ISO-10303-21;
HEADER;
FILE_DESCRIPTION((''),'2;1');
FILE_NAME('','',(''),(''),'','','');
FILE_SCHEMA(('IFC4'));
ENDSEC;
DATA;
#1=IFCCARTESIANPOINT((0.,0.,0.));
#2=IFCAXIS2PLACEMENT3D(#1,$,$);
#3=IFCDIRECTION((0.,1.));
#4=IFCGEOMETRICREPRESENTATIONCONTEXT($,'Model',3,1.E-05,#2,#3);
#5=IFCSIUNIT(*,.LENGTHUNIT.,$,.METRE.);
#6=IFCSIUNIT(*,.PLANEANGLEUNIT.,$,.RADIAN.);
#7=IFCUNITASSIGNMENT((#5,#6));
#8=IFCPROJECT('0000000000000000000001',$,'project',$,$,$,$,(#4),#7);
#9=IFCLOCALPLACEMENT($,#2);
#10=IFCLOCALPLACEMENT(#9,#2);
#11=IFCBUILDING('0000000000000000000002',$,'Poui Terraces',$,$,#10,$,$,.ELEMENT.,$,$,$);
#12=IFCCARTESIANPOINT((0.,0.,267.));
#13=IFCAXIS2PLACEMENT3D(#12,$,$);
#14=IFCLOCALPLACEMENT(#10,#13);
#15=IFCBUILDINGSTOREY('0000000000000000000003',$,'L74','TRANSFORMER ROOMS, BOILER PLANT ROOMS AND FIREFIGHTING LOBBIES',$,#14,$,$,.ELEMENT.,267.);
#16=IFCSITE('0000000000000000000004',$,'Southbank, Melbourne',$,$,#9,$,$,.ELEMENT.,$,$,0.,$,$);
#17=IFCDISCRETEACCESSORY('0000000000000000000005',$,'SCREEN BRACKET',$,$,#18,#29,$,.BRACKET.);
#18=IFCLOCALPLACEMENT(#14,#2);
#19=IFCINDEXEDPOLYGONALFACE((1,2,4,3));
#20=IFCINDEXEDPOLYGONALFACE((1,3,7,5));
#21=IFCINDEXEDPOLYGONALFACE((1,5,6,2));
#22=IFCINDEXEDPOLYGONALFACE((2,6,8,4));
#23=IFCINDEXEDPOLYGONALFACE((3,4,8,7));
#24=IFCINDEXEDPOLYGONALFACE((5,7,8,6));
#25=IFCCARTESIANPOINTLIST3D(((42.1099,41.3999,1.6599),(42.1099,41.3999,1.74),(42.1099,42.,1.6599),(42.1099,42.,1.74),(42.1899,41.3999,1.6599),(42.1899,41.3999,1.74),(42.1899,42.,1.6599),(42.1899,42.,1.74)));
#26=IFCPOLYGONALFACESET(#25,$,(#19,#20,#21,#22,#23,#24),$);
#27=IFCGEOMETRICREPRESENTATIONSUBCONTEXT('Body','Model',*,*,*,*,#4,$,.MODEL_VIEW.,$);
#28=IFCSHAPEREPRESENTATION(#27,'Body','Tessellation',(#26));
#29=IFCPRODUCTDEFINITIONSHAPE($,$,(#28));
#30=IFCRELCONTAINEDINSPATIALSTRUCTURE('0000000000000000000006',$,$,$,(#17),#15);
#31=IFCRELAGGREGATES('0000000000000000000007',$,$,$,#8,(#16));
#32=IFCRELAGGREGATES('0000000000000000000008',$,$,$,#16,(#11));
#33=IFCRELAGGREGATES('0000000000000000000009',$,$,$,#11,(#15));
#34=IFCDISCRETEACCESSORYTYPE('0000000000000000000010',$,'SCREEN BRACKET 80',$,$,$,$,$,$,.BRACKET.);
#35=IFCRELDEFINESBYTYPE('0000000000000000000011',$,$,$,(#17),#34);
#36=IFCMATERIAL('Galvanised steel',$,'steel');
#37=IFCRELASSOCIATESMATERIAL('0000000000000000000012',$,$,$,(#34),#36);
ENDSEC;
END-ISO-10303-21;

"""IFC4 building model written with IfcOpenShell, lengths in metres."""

from ifc_helpers import new_model, si_unit, direction, frame, origin, origin_2d, place, context, subcontext, project, spatial, rectangle, extrude, source, transform, mapped, material, material_profile, profile_set, type_object, element, save


model = new_model("IFC4")

# Units and contexts
model_context = context("Model", 3, precision=1e-05, world=origin(), true_north=direction((0.0, 1.0)))
body_context = subcontext(model_context, "Body", "Model", "MODEL_VIEW")
ifc_project = project(units=[si_unit("LENGTHUNIT", "METRE"), si_unit("PLANEANGLEUNIT", "RADIAN")], contexts=[model_context])

# Site, building, storey
site_placement = place(None, origin())
site = spatial("IfcSite", under=ifc_project, at=site_placement, Name="Southbank, Melbourne", CompositionType="ELEMENT", RefElevation=0.0)
building_placement = place(site_placement, origin())
building = spatial("IfcBuilding", under=site, at=building_placement, Name="Poui Terraces", CompositionType="ELEMENT")
storey_placement = place(building_placement, frame((0.0, 0.0, 267.0)))
storey = spatial("IfcBuildingStorey", under=building, at=storey_placement, Name="L74", Description="TRANSFORMER ROOMS, BOILER PLANT ROOMS AND FIREFIGHTING LOBBIES", CompositionType="ELEMENT", Elevation=267.0)

# Discrete accessory
ifc_material_1 = material(Name="Galvanised steel", Category="steel")
ifc_material_profile_1 = material_profile(ifc_material_1, rectangle(XDim=0.0801, YDim=0.0801, at=origin_2d()), Name="SCREEN BRACKET 80")
ifc_profile_set_1 = profile_set([ifc_material_profile_1], Name="Galvanised steel")
discrete_accessory_type = type_object("IfcDiscreteAccessoryType", Name="SCREEN BRACKET 80", PredefinedType="BRACKET", material=ifc_profile_set_1)
shared_shape_1 = source(origin(), body_context, "Body", "SweptSolid", [
    extrude(rectangle(XDim=0.0801, YDim=0.0801, at=origin_2d()), origin(), (0.0, 0.0, 1.0), 0.6001),
])
for number, where, z_axis, x_axis, name in (
    (1, (42.1499, 41.3999, 1.7), (0.0, 1.0, 0.0), (-1.0, 0.0, 0.0), "SCREEN BRACKET"),
):
    element("IfcDiscreteAccessory", number, at=place(storey_placement, frame(where, z_axis=z_axis, x_axis=x_axis)), inside=storey, type_object=discrete_accessory_type, Name=name, PredefinedType="BRACKET", context=body_context, shape_type="MappedRepresentation", body=[
        mapped(shared_shape_1, transform((0.0, 0.0, 0.0))),
    ])

save(model, "model.ifc")
